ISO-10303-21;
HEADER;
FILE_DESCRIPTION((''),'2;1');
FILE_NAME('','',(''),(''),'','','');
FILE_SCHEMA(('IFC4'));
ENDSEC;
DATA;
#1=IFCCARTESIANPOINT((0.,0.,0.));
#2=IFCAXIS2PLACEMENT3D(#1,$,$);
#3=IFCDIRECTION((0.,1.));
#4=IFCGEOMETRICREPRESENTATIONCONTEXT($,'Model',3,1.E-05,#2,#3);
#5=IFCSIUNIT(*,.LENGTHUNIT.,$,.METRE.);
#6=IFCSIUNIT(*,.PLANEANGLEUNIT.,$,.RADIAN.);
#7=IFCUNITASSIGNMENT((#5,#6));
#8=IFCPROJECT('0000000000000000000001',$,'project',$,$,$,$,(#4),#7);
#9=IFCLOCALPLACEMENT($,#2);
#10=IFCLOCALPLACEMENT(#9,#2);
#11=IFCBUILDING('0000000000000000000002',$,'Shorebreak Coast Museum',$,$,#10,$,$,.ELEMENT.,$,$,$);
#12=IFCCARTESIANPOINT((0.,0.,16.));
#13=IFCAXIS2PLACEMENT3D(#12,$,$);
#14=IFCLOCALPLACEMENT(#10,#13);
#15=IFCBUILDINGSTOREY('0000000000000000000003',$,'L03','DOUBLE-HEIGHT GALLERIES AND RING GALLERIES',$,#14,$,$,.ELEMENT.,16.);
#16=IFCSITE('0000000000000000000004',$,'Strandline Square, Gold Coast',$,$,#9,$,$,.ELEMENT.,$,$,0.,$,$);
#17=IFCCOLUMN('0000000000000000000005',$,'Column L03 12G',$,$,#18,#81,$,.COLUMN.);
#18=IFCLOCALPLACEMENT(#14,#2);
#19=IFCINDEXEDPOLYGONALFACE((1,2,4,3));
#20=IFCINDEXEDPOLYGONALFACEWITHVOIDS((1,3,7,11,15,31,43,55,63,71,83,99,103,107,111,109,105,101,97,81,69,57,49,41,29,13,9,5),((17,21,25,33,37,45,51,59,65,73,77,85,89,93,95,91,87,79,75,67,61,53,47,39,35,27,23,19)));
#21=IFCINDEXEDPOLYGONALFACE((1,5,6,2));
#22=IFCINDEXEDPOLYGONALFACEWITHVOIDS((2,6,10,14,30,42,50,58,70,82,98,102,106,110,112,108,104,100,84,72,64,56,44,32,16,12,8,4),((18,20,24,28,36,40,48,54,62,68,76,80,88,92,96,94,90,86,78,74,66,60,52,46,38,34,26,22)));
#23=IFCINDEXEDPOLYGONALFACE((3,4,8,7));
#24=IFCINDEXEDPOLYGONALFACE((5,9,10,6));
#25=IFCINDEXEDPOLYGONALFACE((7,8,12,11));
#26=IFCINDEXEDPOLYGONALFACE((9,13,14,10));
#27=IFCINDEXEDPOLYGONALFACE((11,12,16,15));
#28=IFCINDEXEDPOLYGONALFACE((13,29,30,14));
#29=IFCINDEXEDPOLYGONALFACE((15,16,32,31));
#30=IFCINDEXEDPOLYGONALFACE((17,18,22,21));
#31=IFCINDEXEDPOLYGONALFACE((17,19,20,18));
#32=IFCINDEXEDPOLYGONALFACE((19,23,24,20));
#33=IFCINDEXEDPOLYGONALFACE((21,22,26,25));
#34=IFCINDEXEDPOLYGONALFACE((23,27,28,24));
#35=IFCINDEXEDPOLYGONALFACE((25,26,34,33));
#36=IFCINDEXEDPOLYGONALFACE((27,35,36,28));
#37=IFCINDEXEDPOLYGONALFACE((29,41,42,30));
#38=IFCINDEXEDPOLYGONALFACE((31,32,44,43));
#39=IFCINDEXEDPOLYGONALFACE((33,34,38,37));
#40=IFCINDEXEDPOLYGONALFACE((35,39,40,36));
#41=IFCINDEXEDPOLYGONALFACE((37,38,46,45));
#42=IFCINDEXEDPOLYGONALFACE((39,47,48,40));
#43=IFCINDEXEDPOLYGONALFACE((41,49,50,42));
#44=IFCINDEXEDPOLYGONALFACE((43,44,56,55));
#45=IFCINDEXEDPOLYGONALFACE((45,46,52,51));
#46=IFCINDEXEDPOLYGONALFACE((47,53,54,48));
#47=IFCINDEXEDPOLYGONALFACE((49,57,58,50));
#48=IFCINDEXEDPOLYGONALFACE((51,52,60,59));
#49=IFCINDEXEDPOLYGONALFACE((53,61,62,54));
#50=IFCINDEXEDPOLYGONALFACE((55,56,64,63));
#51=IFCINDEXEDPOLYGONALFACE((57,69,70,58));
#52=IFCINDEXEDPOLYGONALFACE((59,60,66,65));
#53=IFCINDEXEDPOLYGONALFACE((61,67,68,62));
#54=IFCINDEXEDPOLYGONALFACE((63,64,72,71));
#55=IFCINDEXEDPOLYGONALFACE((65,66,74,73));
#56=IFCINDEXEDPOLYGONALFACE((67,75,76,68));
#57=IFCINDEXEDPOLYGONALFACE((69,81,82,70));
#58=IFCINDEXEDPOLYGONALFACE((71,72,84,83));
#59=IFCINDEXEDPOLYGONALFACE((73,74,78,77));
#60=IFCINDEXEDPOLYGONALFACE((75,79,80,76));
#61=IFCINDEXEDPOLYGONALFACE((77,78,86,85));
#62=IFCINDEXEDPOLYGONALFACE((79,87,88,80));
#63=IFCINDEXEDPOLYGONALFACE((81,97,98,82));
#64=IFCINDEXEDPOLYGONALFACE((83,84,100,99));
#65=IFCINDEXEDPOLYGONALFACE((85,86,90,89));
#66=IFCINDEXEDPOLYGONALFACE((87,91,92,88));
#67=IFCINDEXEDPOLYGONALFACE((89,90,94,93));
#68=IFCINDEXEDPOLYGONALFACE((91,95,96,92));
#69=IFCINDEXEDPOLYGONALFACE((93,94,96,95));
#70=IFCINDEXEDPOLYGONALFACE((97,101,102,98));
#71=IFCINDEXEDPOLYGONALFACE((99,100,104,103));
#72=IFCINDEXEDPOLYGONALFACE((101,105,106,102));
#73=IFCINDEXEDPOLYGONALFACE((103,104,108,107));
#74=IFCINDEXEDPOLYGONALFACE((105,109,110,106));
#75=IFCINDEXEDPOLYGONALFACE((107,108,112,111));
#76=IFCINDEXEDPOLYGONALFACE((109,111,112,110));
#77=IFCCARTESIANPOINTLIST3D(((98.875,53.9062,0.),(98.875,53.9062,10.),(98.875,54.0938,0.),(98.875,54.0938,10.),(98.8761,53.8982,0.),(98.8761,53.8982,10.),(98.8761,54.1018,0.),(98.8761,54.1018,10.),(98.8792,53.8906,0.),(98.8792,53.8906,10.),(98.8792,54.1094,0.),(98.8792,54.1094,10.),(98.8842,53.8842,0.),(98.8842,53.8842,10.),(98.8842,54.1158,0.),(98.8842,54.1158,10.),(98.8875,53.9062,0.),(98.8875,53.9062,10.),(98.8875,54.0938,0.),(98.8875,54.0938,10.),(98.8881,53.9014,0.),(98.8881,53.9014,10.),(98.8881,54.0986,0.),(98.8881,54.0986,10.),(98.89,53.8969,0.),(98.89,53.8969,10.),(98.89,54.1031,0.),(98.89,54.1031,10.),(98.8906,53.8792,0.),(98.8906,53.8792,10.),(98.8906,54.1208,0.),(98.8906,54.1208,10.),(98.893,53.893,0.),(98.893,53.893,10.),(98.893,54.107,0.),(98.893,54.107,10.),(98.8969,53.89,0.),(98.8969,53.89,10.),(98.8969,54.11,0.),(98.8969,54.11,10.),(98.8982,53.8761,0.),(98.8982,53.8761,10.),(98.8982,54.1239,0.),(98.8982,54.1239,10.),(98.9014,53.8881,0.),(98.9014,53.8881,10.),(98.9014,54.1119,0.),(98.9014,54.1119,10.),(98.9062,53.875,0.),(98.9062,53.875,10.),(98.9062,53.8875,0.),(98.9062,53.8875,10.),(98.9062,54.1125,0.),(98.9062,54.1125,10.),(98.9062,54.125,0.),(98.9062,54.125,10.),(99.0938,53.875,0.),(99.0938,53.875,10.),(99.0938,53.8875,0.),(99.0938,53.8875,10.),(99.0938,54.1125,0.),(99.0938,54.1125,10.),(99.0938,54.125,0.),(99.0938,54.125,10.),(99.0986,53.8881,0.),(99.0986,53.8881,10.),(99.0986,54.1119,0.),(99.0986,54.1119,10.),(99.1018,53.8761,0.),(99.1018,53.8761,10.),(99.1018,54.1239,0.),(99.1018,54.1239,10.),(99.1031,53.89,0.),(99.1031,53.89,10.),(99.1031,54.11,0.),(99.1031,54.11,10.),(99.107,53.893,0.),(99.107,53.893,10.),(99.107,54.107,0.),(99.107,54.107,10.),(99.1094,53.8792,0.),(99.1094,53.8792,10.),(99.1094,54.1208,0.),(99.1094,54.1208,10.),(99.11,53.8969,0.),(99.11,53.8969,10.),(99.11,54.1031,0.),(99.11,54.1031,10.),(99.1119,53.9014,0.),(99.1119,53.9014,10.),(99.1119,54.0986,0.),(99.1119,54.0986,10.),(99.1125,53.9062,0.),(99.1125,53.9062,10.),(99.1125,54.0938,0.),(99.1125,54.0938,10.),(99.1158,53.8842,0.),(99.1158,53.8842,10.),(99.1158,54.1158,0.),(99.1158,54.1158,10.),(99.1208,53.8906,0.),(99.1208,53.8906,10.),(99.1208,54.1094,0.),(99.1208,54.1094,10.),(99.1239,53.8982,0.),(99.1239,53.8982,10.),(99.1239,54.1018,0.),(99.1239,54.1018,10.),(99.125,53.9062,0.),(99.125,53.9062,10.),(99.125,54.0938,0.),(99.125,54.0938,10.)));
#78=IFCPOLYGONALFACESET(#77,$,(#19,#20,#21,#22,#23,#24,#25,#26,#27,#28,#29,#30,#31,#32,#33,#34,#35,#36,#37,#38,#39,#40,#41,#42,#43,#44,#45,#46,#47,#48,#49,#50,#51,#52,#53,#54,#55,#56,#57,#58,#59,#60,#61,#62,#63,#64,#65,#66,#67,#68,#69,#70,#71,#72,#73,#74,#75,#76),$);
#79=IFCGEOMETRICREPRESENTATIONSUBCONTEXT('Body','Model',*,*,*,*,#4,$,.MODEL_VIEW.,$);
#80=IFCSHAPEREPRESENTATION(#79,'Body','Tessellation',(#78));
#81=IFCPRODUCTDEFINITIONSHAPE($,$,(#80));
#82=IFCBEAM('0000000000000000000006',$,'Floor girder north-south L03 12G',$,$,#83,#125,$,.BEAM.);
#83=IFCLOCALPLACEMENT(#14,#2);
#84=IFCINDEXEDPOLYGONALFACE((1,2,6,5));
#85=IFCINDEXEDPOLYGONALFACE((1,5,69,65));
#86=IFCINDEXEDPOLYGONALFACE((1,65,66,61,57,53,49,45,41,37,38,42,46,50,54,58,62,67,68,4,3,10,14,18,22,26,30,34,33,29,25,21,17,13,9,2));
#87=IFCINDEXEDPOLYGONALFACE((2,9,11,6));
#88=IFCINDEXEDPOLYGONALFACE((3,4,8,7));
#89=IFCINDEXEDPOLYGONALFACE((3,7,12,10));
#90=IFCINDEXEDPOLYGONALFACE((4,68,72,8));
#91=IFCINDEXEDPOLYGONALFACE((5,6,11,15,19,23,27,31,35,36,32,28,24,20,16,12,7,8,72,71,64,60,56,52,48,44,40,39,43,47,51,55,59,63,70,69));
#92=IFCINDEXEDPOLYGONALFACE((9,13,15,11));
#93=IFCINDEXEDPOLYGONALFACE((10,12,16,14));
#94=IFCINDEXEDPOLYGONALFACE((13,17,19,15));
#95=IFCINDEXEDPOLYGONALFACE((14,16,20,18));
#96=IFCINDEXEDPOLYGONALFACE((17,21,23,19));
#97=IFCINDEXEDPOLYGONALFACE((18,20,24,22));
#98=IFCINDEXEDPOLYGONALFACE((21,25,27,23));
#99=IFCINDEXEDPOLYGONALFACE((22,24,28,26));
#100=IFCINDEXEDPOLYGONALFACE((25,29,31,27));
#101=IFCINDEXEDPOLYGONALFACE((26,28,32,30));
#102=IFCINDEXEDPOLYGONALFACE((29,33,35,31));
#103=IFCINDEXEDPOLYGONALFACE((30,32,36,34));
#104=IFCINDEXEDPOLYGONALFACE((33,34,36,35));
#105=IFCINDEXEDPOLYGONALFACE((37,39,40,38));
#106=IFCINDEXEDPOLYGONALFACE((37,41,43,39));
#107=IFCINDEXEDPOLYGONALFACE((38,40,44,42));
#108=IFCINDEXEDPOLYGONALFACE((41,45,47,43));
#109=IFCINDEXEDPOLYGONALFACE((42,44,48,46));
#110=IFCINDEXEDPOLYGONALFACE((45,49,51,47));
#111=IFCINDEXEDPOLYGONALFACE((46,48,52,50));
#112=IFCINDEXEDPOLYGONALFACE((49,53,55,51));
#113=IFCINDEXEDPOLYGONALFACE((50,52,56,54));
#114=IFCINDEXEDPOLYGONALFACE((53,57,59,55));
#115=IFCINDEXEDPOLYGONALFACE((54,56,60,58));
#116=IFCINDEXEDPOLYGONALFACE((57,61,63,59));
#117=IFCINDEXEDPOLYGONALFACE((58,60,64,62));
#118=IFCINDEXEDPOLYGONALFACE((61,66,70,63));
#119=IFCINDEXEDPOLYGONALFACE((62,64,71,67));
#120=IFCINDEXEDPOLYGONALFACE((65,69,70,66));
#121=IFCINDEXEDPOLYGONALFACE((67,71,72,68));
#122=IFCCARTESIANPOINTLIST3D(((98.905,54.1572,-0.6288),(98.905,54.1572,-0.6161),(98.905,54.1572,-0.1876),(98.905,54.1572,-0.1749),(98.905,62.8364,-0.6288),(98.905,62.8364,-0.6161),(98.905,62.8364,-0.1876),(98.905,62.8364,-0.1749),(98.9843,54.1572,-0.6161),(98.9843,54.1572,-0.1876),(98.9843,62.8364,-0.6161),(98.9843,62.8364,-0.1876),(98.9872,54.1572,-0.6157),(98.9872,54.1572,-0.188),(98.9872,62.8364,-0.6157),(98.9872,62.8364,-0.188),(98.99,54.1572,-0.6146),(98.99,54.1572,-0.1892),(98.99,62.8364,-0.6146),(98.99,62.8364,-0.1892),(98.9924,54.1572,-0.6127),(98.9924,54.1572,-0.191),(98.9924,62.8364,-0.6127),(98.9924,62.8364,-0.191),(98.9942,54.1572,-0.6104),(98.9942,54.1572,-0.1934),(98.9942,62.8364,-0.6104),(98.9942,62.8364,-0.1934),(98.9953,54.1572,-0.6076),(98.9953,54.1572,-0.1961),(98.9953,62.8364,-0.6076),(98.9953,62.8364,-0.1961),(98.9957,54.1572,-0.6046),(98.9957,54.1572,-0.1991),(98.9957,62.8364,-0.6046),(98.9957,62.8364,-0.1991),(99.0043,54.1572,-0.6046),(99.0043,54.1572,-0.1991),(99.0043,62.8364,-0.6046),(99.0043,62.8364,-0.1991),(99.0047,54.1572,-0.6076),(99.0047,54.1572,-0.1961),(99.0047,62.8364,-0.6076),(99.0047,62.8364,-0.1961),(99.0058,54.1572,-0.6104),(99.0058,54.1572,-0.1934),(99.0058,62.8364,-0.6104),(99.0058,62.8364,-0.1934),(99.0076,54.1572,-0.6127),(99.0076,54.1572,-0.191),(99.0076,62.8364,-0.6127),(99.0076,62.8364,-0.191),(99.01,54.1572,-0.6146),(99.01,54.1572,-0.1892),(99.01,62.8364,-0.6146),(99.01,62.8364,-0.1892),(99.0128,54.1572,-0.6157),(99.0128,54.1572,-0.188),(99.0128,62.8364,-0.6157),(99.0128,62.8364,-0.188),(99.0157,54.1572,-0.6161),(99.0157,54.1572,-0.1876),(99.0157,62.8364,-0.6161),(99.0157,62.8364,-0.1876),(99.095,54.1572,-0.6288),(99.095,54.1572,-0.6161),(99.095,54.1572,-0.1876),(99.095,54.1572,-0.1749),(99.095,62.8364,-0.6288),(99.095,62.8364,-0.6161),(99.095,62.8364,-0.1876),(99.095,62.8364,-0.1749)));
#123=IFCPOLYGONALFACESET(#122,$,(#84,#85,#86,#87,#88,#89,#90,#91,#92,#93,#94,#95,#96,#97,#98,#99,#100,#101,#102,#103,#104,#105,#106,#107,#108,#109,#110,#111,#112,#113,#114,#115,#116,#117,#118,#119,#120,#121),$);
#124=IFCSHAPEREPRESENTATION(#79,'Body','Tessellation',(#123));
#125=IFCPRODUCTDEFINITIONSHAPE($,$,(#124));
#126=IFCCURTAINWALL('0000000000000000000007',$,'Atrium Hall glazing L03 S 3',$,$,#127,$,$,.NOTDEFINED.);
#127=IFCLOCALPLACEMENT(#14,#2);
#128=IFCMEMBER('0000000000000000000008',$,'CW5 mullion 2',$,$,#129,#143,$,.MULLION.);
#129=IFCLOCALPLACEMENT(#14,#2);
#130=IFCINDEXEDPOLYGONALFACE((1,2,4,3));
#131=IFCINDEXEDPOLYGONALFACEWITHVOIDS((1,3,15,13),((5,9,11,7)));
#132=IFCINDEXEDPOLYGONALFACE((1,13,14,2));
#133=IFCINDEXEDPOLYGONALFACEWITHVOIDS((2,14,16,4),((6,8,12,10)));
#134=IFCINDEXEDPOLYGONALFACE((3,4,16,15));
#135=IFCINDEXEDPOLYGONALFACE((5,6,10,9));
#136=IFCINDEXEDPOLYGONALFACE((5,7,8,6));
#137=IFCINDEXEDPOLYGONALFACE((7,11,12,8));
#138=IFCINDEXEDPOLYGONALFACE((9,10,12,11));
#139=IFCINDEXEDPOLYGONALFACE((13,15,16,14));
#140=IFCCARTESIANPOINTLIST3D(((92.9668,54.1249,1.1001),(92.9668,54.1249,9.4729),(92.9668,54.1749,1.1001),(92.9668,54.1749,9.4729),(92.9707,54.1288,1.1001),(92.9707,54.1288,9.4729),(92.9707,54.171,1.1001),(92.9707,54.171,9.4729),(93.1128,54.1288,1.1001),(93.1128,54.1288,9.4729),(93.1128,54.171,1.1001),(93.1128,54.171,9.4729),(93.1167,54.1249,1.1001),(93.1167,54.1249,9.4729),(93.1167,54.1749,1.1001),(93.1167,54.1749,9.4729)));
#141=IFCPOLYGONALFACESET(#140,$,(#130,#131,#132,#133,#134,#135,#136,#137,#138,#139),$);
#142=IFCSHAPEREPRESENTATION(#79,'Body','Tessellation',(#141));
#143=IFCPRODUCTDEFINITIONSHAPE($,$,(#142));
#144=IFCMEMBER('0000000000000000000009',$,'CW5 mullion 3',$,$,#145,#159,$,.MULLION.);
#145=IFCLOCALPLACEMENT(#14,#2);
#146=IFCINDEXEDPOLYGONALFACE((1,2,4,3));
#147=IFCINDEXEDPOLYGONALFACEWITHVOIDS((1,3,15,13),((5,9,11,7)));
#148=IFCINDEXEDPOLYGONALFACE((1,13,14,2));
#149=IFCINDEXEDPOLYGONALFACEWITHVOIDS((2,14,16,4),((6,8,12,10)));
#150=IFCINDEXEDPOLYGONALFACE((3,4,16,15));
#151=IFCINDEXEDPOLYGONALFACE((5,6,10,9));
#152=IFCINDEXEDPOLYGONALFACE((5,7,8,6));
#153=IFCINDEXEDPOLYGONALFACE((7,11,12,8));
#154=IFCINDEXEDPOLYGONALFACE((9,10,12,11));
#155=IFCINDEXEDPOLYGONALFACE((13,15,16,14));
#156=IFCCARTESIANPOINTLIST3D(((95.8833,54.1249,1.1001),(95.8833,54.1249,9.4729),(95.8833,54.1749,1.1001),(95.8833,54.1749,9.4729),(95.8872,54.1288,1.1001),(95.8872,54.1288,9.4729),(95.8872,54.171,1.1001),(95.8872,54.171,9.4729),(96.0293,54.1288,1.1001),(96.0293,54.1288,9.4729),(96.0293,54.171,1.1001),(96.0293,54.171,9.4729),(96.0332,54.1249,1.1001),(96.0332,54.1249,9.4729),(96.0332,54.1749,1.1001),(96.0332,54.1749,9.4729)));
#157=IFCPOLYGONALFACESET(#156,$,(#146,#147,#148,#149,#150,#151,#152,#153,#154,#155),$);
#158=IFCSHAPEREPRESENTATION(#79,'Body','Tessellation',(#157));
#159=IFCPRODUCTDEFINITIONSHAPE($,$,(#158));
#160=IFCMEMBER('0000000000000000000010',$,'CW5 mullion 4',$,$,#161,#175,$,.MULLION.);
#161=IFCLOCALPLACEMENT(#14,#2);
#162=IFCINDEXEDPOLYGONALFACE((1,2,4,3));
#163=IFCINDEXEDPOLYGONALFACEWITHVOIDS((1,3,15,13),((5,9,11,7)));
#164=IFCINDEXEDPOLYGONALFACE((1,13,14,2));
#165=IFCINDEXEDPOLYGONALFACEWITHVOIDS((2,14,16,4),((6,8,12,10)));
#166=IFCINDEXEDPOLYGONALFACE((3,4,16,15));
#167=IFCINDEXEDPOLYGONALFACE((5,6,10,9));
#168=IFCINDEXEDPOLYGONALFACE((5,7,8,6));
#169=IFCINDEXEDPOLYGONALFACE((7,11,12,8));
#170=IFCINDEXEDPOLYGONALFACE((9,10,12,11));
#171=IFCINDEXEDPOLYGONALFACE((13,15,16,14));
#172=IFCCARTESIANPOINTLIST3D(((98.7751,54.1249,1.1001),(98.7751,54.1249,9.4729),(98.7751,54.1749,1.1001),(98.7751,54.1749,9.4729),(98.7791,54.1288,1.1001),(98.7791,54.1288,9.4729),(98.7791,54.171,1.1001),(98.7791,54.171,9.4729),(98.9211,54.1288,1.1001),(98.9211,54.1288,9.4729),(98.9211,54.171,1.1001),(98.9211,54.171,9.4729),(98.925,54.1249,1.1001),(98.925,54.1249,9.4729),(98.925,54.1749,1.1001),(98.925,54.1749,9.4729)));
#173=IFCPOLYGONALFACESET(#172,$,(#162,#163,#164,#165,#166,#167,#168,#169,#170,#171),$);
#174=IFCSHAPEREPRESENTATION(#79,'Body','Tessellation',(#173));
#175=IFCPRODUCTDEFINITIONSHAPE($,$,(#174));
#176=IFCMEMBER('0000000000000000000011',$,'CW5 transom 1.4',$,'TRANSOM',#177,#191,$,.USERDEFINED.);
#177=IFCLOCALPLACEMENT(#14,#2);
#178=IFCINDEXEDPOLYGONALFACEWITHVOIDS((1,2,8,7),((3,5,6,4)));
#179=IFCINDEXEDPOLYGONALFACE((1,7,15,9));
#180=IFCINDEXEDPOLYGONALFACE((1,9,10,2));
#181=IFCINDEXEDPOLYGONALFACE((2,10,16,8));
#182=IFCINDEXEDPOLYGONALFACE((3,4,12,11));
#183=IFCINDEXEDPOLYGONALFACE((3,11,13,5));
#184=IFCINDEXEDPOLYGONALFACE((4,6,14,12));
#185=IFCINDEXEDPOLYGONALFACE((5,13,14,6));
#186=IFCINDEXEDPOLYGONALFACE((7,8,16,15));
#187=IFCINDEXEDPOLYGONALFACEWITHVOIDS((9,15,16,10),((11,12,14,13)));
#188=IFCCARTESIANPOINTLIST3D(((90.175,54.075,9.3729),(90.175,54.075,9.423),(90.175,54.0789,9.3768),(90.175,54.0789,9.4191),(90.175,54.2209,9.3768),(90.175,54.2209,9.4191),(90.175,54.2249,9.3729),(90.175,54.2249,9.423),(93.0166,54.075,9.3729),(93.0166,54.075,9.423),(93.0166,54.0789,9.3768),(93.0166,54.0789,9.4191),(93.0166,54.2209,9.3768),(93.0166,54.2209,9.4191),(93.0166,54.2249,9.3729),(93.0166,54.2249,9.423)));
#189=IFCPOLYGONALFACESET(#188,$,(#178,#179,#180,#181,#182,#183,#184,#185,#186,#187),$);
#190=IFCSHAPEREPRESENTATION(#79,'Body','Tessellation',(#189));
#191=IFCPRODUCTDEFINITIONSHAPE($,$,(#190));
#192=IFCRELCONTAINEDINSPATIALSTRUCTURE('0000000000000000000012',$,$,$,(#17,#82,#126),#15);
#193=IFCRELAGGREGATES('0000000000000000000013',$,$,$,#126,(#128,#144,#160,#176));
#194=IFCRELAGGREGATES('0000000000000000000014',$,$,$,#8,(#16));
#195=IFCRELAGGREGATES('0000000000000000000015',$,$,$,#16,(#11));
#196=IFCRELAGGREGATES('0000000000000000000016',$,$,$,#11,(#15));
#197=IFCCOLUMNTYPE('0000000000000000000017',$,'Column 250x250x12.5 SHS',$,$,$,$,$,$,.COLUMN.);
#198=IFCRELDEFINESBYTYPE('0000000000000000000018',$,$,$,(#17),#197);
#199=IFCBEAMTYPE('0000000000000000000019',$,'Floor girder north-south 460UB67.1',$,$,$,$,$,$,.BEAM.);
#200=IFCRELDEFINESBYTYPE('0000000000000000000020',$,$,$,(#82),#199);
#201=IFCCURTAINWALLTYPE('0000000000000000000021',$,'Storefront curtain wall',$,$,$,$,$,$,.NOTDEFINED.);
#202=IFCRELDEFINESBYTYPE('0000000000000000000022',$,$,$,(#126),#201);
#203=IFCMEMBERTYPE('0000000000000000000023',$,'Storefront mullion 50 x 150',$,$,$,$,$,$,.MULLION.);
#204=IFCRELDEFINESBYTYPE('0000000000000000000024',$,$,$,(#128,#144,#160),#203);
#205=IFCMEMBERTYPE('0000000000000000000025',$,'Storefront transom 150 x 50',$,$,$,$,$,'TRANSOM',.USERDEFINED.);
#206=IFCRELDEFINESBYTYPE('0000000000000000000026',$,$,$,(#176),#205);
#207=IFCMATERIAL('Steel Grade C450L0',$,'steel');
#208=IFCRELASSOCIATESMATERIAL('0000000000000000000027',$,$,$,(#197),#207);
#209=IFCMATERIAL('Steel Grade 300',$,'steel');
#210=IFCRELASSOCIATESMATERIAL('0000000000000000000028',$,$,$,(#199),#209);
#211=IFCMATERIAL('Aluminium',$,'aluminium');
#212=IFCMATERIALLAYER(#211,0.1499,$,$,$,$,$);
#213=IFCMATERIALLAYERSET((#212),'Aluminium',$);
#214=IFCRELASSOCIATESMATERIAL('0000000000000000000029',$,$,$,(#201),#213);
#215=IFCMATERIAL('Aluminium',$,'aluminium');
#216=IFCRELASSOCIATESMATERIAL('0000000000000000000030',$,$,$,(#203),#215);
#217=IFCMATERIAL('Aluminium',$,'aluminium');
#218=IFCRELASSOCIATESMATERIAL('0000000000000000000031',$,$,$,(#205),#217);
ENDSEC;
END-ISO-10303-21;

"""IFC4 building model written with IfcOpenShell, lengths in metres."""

from ifc_helpers import new_model, si_unit, direction, frame, origin, origin_2d, place, context, subcontext, project, spatial, hollow_rectangle, i_section, extrude, material, layer, layer_set, material_profile, profile_set, type_object, element, aggregate, save


model = new_model("IFC4")

# Units and contexts
model_context = context("Model", 3, precision=1e-05, world=origin(), true_north=direction((0.0, 1.0)))
body_context = subcontext(model_context, "Body", "Model", "MODEL_VIEW")
ifc_project = project(units=[si_unit("LENGTHUNIT", "METRE"), si_unit("PLANEANGLEUNIT", "RADIAN")], contexts=[model_context])

# Site, building, storey
site_placement = place(None, origin())
site = spatial("IfcSite", under=ifc_project, at=site_placement, Name="Strandline Square, Gold Coast", CompositionType="ELEMENT", RefElevation=0.0)
building_placement = place(site_placement, origin())
building = spatial("IfcBuilding", under=site, at=building_placement, Name="Shorebreak Coast Museum", CompositionType="ELEMENT")
storey_placement = place(building_placement, frame((0.0, 0.0, 16.0)))
storey = spatial("IfcBuildingStorey", under=building, at=storey_placement, Name="L03", Description="DOUBLE-HEIGHT GALLERIES AND RING GALLERIES", CompositionType="ELEMENT", Elevation=16.0)

# Column
ifc_material_1 = material(Name="Steel Grade C450L0", Category="steel")
ifc_material_profile_1 = material_profile(ifc_material_1, hollow_rectangle(XDim=0.25, YDim=0.25, WallThickness=0.0125, InnerFilletRadius=0.0188, OuterFilletRadius=0.0312, at=origin_2d()), Name="250x250x12.5 SHS")
ifc_profile_set_1 = profile_set([ifc_material_profile_1], Name="Steel Grade C450L0")
column_type = type_object("IfcColumnType", Name="Column 250x250x12.5 SHS", PredefinedType="COLUMN", material=ifc_profile_set_1)
column_placement = place(storey_placement, frame((99.0, 54.0, 0.0), z_axis=(0.0, 0.0, 1.0), x_axis=(1.0, 0.0, 0.0)))
element("IfcColumn", 1, at=column_placement, inside=storey, type_object=column_type, Name="Column L03 12G", PredefinedType="COLUMN", context=body_context, shape_type="SweptSolid", body=[
    extrude(hollow_rectangle(XDim=0.25, YDim=0.25, WallThickness=0.0125, InnerFilletRadius=0.0188, OuterFilletRadius=0.0312, at=origin_2d()), origin(), (0.0, 0.0, 1.0), 10.0),
])

# Beam
ifc_material_2 = material(Name="Steel Grade 300", Category="steel")
ifc_material_profile_2 = material_profile(ifc_material_2, i_section(OverallWidth=0.1899, OverallDepth=0.4539, WebThickness=0.0085, FlangeThickness=0.0127, FilletRadius=0.0115, at=origin_2d()), Name="460UB67.1")
ifc_profile_set_2 = profile_set([ifc_material_profile_2], Name="Steel Grade 300")
beam_type = type_object("IfcBeamType", Name="Floor girder north-south 460UB67.1", PredefinedType="BEAM", material=ifc_profile_set_2)
beam_placement = place(storey_placement, frame((99.0, 54.1572, -0.4019), z_axis=(0.0, 1.0, 0.0), x_axis=(-1.0, 0.0, 0.0)))
element("IfcBeam", 2, at=beam_placement, inside=storey, type_object=beam_type, Name="Floor girder north-south L03 12G", PredefinedType="BEAM", context=body_context, shape_type="SweptSolid", body=[
    extrude(i_section(OverallWidth=0.1899, OverallDepth=0.4539, WebThickness=0.0085, FlangeThickness=0.0127, FilletRadius=0.0115, at=origin_2d()), origin(), (0.0, 0.0, 1.0), 8.6792),
])

# Curtain wall, members
ifc_material_3 = material(Name="Aluminium", Category="aluminium")
ifc_layer_1 = layer(ifc_material_3, 0.1499)
ifc_layer_set_1 = layer_set([ifc_layer_1], Name="Aluminium")
curtain_wall_type = type_object("IfcCurtainWallType", Name="Storefront curtain wall", PredefinedType="NOTDEFINED", material=ifc_layer_set_1)
curtain_wall_placement = place(storey_placement, origin())
curtain_wall = element("IfcCurtainWall", 3, at=curtain_wall_placement, inside=storey, type_object=curtain_wall_type, Name="Atrium Hall glazing L03 S 3", PredefinedType="NOTDEFINED")
ifc_material_4 = material(Name="Aluminium", Category="aluminium")
ifc_material_profile_3 = material_profile(ifc_material_4, hollow_rectangle(XDim=0.05, YDim=0.1499, WallThickness=0.0039, at=origin_2d()), Name="AL 150x50 RHS")
ifc_profile_set_3 = profile_set([ifc_material_profile_3], Name="Aluminium")
member_type_1 = type_object("IfcMemberType", Name="Storefront mullion 50 x 150", PredefinedType="MULLION", material=ifc_profile_set_3)
member_1_placement = place(storey_placement, frame((93.0417, 54.1499, 1.1001), z_axis=(0.0, 0.0, 1.0), x_axis=(0.0, 1.0, 0.0)))
member_1 = element("IfcMember", 4, at=member_1_placement, type_object=member_type_1, Name="CW5 mullion 2", PredefinedType="MULLION", context=body_context, shape_type="SweptSolid", body=[
    extrude(hollow_rectangle(XDim=0.05, YDim=0.1499, WallThickness=0.0039, at=origin_2d()), origin(), (0.0, 0.0, 1.0), 8.3728),
])
member_2_placement = place(storey_placement, frame((95.9583, 54.1499, 1.1001), z_axis=(0.0, 0.0, 1.0), x_axis=(0.0, 1.0, 0.0)))
member_2 = element("IfcMember", 5, at=member_2_placement, type_object=member_type_1, Name="CW5 mullion 3", PredefinedType="MULLION", context=body_context, shape_type="SweptSolid", body=[
    extrude(hollow_rectangle(XDim=0.05, YDim=0.1499, WallThickness=0.0039, at=origin_2d()), origin(), (0.0, 0.0, 1.0), 8.3728),
])
member_3_placement = place(storey_placement, frame((98.8501, 54.1499, 1.1001), z_axis=(0.0, 0.0, 1.0), x_axis=(0.0, 1.0, 0.0)))
member_3 = element("IfcMember", 6, at=member_3_placement, type_object=member_type_1, Name="CW5 mullion 4", PredefinedType="MULLION", context=body_context, shape_type="SweptSolid", body=[
    extrude(hollow_rectangle(XDim=0.05, YDim=0.1499, WallThickness=0.0039, at=origin_2d()), origin(), (0.0, 0.0, 1.0), 8.3728),
])
ifc_material_5 = material(Name="Aluminium", Category="aluminium")
ifc_material_profile_4 = material_profile(ifc_material_5, hollow_rectangle(XDim=0.1499, YDim=0.05, WallThickness=0.0039, at=origin_2d()), Name="AL 50x150 RHS")
ifc_profile_set_4 = profile_set([ifc_material_profile_4], Name="Aluminium")
member_type_2 = type_object("IfcMemberType", Name="Storefront transom 150 x 50", ElementType="TRANSOM", PredefinedType="USERDEFINED", material=ifc_profile_set_4)
member_4_placement = place(storey_placement, frame((90.175, 54.1499, 9.3979), z_axis=(1.0, 0.0, 0.0), x_axis=(0.0, 1.0, 0.0)))
member_4 = element("IfcMember", 7, at=member_4_placement, type_object=member_type_2, Name="CW5 transom 1.4", ObjectType="TRANSOM", PredefinedType="USERDEFINED", context=body_context, shape_type="SweptSolid", body=[
    extrude(hollow_rectangle(XDim=0.1499, YDim=0.05, WallThickness=0.0039, at=origin_2d()), origin(), (0.0, 0.0, 1.0), 2.8416),
])
aggregate(curtain_wall, [member_1, member_2, member_3, member_4])

save(model, "model.ifc")
